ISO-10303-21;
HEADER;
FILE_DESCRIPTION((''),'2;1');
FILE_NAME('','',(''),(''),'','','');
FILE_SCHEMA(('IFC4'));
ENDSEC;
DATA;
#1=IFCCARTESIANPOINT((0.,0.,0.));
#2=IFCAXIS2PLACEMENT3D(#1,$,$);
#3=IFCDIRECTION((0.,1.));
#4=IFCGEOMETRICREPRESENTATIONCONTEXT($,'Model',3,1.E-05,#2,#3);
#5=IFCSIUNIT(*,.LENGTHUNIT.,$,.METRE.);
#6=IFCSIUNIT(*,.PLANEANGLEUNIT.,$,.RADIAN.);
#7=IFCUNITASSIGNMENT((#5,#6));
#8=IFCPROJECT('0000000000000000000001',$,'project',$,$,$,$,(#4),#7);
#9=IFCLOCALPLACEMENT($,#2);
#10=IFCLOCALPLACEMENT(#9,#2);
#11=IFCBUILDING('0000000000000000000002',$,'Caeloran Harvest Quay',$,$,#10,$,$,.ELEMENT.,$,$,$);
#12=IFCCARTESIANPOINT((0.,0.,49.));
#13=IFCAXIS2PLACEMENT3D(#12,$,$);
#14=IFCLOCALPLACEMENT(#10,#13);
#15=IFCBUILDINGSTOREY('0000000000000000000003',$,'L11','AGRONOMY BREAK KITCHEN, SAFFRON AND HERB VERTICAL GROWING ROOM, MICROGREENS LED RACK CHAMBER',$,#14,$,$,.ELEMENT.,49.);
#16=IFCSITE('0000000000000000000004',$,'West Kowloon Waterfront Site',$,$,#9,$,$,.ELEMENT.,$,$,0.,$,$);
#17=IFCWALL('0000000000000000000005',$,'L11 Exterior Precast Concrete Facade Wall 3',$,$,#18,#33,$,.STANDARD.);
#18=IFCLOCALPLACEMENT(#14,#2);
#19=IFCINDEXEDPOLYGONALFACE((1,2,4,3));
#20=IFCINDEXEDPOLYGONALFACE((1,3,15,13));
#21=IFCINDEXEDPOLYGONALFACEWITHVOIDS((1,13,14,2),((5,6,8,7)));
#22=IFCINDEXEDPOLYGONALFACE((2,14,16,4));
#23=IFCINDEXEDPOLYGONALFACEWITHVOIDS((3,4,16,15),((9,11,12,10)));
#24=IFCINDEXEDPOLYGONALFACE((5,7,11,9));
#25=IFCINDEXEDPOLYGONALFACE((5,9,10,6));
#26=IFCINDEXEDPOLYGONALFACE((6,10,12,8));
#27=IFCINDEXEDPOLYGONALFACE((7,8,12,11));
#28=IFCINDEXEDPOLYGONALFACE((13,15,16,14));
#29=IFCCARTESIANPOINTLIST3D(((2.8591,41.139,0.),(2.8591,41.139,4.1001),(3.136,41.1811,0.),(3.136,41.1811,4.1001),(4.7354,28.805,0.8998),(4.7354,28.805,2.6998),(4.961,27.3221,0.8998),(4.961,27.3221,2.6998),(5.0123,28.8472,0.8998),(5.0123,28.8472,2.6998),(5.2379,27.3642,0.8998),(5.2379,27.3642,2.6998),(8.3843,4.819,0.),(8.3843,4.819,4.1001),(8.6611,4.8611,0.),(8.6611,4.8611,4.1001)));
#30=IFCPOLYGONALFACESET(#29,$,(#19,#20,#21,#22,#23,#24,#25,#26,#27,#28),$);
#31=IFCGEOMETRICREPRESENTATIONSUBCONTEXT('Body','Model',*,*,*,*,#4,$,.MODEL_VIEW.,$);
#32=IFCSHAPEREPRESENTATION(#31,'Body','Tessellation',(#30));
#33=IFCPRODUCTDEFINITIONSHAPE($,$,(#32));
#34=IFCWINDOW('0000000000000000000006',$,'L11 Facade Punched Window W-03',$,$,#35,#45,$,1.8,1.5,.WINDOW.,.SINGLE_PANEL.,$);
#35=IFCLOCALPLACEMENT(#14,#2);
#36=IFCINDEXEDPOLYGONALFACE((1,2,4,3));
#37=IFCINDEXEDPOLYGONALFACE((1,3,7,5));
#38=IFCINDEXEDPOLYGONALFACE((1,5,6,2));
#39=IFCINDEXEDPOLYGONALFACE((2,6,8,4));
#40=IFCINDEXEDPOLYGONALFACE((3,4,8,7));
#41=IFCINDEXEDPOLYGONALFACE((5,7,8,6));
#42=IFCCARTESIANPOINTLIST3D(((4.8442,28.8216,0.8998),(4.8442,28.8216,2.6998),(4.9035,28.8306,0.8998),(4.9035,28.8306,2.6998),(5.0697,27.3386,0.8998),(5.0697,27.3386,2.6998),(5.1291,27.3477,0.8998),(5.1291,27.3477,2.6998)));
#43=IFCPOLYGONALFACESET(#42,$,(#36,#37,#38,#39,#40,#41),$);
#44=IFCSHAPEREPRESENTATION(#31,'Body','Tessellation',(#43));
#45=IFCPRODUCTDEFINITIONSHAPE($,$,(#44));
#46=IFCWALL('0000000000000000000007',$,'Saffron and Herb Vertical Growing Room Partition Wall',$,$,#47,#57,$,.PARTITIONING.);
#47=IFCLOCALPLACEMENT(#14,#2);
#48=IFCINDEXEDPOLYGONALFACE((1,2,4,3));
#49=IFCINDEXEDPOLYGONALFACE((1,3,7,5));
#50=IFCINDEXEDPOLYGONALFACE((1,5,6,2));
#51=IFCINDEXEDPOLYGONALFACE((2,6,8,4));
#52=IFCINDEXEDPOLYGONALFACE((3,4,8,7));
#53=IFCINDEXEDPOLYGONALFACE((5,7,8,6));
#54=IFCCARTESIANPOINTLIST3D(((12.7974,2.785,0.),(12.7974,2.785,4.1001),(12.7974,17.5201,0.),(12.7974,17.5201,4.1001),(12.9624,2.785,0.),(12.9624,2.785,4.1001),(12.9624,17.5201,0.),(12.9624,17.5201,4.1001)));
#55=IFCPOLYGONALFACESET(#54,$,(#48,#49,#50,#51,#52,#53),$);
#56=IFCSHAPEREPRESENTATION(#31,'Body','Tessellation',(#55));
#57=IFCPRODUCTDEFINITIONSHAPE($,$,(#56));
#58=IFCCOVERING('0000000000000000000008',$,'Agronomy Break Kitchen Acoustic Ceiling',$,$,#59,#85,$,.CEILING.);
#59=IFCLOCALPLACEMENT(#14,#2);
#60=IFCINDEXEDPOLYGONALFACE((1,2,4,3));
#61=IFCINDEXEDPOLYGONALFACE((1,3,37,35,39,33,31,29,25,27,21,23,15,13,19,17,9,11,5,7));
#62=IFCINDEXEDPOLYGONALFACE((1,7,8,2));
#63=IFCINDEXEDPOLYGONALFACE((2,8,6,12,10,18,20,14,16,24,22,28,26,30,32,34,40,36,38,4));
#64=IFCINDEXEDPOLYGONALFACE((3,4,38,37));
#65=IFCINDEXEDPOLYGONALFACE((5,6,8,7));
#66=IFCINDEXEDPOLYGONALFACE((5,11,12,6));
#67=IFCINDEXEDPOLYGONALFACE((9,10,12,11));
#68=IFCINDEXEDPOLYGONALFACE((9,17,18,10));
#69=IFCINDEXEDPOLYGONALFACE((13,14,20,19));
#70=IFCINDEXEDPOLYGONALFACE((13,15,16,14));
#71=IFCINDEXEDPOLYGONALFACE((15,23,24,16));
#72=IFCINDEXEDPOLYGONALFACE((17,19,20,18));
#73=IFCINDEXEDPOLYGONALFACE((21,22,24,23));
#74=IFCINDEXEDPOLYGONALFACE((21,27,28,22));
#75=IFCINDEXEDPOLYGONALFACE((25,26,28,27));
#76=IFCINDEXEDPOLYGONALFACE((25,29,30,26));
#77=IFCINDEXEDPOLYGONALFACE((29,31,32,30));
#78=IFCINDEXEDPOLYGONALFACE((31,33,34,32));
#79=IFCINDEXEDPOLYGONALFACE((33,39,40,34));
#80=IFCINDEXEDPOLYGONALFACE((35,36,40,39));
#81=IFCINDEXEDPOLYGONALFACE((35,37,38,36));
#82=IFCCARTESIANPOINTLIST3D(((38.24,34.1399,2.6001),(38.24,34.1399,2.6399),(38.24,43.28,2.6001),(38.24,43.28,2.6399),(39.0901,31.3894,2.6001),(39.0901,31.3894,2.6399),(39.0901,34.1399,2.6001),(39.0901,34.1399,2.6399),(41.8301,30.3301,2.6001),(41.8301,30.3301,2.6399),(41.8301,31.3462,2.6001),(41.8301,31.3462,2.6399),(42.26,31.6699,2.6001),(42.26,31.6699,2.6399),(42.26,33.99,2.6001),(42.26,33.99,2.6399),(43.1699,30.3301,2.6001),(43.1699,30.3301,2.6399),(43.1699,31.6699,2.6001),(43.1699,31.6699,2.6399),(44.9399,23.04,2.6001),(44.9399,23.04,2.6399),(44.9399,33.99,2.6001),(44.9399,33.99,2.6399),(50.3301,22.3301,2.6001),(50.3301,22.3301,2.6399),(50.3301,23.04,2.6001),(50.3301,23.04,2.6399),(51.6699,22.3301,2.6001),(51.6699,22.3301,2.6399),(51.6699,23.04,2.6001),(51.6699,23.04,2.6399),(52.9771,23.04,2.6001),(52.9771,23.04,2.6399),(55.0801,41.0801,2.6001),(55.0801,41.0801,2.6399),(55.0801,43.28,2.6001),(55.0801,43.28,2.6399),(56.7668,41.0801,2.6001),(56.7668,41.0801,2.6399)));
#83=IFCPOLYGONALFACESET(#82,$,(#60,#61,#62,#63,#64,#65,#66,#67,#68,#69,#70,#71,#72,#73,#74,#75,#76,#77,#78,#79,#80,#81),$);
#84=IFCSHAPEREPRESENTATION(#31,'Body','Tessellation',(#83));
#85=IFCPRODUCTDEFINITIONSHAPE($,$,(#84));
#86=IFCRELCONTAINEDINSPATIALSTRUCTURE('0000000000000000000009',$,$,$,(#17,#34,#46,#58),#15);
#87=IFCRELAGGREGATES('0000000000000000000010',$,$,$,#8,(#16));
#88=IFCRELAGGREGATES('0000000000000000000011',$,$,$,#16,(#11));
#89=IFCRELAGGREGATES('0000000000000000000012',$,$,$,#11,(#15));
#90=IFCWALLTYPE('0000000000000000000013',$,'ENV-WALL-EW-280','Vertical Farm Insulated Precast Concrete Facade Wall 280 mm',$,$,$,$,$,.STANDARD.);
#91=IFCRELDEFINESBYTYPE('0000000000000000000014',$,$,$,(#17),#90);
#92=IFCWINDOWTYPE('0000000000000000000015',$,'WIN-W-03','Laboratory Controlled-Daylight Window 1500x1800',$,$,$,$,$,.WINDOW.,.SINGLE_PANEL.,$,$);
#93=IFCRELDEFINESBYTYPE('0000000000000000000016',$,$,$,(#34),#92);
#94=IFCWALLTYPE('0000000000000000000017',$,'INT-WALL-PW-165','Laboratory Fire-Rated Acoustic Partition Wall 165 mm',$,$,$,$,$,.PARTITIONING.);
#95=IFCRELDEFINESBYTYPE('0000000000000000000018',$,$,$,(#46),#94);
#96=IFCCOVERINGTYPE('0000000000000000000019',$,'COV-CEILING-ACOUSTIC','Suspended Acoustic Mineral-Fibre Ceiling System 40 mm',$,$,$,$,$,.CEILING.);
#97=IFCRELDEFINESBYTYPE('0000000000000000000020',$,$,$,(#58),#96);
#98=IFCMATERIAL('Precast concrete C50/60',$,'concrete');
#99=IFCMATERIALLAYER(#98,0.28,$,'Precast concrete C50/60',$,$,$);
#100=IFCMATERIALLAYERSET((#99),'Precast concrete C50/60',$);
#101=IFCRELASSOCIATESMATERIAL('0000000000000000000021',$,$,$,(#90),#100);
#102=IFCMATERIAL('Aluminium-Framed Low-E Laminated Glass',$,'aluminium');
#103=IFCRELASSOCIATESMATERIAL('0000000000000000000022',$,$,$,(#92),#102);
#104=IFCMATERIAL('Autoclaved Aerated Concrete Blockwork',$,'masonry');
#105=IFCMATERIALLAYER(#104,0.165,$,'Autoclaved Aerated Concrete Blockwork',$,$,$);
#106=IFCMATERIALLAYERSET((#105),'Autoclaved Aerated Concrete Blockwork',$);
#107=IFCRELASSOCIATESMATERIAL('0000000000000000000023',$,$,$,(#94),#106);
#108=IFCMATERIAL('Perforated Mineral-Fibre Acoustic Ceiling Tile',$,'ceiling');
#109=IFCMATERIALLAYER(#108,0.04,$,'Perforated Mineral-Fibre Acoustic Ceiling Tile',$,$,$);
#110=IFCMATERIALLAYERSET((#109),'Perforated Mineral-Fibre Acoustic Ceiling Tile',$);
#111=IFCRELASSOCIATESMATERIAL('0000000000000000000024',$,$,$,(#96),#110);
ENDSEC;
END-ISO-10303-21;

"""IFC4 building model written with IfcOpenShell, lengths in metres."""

from ifc_helpers import new_model, si_unit, direction, frame, frame_2d, origin, place, context, subcontext, project, spatial, polyline, rectangle, outline, extrude, material, layer, layer_set, type_object, element, fill, save


model = new_model("IFC4")

# Units and contexts
model_context = context("Model", 3, precision=1e-05, world=origin(), true_north=direction((0.0, 1.0)))
body_context = subcontext(model_context, "Body", "Model", "MODEL_VIEW")
ifc_project = project(units=[si_unit("LENGTHUNIT", "METRE"), si_unit("PLANEANGLEUNIT", "RADIAN")], contexts=[model_context])

# Site, building, storey
site_placement = place(None, origin())
site = spatial("IfcSite", under=ifc_project, at=site_placement, Name="West Kowloon Waterfront Site", CompositionType="ELEMENT", RefElevation=0.0)
building_placement = place(site_placement, origin())
building = spatial("IfcBuilding", under=site, at=building_placement, Name="Caeloran Harvest Quay", CompositionType="ELEMENT")
storey_placement = place(building_placement, frame((0.0, 0.0, 49.0)))
storey = spatial("IfcBuildingStorey", under=building, at=storey_placement, Name="L11", Description="AGRONOMY BREAK KITCHEN, SAFFRON AND HERB VERTICAL GROWING ROOM, MICROGREENS LED RACK CHAMBER", CompositionType="ELEMENT", Elevation=49.0)

# Shared definitions
ifc_material_1 = material(Name="Precast concrete C50/60", Category="concrete")
ifc_layer_1 = layer(ifc_material_1, 0.28, Name="Precast concrete C50/60")
ifc_layer_set_1 = layer_set([ifc_layer_1], Name="Precast concrete C50/60")
wall_type_1 = type_object("IfcWallType", Name="ENV-WALL-EW-280", Description="Vertical Farm Insulated Precast Concrete Facade Wall 280 mm", PredefinedType="STANDARD", material=ifc_layer_set_1)

# Wall, opening, window
wall_1_placement = place(storey_placement, frame((8.5227, 4.8401, 0.0), z_axis=(0.0, 0.0, 1.0), x_axis=(-0.150395, 0.988626, 0.0)))
wall_1 = element("IfcWall", 1, at=wall_1_placement, inside=storey, type_object=wall_type_1, Name="L11 Exterior Precast Concrete Facade Wall 3", PredefinedType="STANDARD", context=body_context, shape_type="SweptSolid", body=[
    extrude(rectangle(XDim=36.7378, YDim=0.28, at=frame_2d((18.3689, 0.0))), origin(), (0.0, 0.0, 1.0), 4.1001),
])
opening_placement = place(wall_1_placement, frame((22.762, 0.0, 0.8999)))
opening = element("IfcOpeningElement", 2, at=opening_placement, cuts=wall_1, PredefinedType="OPENING", context=body_context, shape_type="SweptSolid", body=[
    extrude(rectangle(XDim=1.5, YDim=1.8, at=frame_2d((0.75, 0.8999))), frame((0.0, 0.1499, 0.0), z_axis=(0.0, -1.0, 0.0), x_axis=(1.0, 0.0, 0.0)), (0.0, 0.0, 1.0), 0.3),
])
ifc_material_2 = material(Name="Aluminium-Framed Low-E Laminated Glass", Category="aluminium")
window_type = type_object("IfcWindowType", Name="WIN-W-03", Description="Laboratory Controlled-Daylight Window 1500x1800", PartitioningType="SINGLE_PANEL", PredefinedType="WINDOW", material=ifc_material_2)
window_placement = place(opening_placement, origin())
window = element("IfcWindow", 3, at=window_placement, inside=storey, type_object=window_type, Name="L11 Facade Punched Window W-03", OverallHeight=1.8, OverallWidth=1.5, PartitioningType="SINGLE_PANEL", PredefinedType="WINDOW", context=body_context, shape_type="SweptSolid", body=[
    extrude(rectangle(XDim=1.5, YDim=1.8, at=frame_2d((0.75, 0.8999))), frame((0.0, 0.03, 0.0), z_axis=(0.0, -1.0, 0.0), x_axis=(1.0, 0.0, 0.0)), (0.0, 0.0, 1.0), 0.0601),
])
fill(opening, window)

# Wall
ifc_material_3 = material(Name="Autoclaved Aerated Concrete Blockwork", Category="masonry")
ifc_layer_2 = layer(ifc_material_3, 0.165, Name="Autoclaved Aerated Concrete Blockwork")
ifc_layer_set_2 = layer_set([ifc_layer_2], Name="Autoclaved Aerated Concrete Blockwork")
wall_type_2 = type_object("IfcWallType", Name="INT-WALL-PW-165", Description="Laboratory Fire-Rated Acoustic Partition Wall 165 mm", PredefinedType="PARTITIONING", material=ifc_layer_set_2)
wall_2_placement = place(storey_placement, frame((12.8799, 2.7849, 0.0), z_axis=(0.0, 0.0, 1.0), x_axis=(0.0, 1.0, 0.0)))
element("IfcWall", 4, at=wall_2_placement, inside=storey, type_object=wall_type_2, Name="Saffron and Herb Vertical Growing Room Partition Wall", PredefinedType="PARTITIONING", context=body_context, shape_type="SweptSolid", body=[
    extrude(rectangle(XDim=14.7351, YDim=0.165, at=frame_2d((7.3677, 0.0))), origin(), (0.0, 0.0, 1.0), 4.1001),
])

# Covering
ifc_material_4 = material(Name="Perforated Mineral-Fibre Acoustic Ceiling Tile", Category="ceiling")
ifc_layer_3 = layer(ifc_material_4, 0.04, Name="Perforated Mineral-Fibre Acoustic Ceiling Tile")
ifc_layer_set_3 = layer_set([ifc_layer_3], Name="Perforated Mineral-Fibre Acoustic Ceiling Tile")
covering_type_1 = type_object("IfcCoveringType", Name="COV-CEILING-ACOUSTIC", Description="Suspended Acoustic Mineral-Fibre Ceiling System 40 mm", PredefinedType="CEILING", material=ifc_layer_set_3)
covering_1_placement = place(storey_placement, frame((0.0, 0.0, 2.6001)))
element("IfcCovering", 5, at=covering_1_placement, inside=storey, type_object=covering_type_1, Name="Agronomy Break Kitchen Acoustic Ceiling", PredefinedType="CEILING", context=body_context, shape_type="SweptSolid", body=[
    extrude(outline(polyline([(50.3301, 23.04), (44.9399, 23.04), (44.9399, 33.99), (42.26, 33.99), (42.26, 31.6699), (43.1699, 31.6699), (43.1699, 30.3301), (41.8301, 30.3301), (41.8301, 31.3462), (39.0901, 31.3894), (39.0901, 34.1399), (38.24, 34.1399), (38.24, 43.28), (55.0801, 43.28), (55.0801, 41.0801), (56.7668, 41.0801), (52.9771, 23.04), (51.6699, 23.04), (51.6699, 22.3301), (50.3301, 22.3301), (50.3301, 23.04)])), origin(), (0.0, 0.0, 1.0), 0.0398),
])

save(model, "model.ifc")
